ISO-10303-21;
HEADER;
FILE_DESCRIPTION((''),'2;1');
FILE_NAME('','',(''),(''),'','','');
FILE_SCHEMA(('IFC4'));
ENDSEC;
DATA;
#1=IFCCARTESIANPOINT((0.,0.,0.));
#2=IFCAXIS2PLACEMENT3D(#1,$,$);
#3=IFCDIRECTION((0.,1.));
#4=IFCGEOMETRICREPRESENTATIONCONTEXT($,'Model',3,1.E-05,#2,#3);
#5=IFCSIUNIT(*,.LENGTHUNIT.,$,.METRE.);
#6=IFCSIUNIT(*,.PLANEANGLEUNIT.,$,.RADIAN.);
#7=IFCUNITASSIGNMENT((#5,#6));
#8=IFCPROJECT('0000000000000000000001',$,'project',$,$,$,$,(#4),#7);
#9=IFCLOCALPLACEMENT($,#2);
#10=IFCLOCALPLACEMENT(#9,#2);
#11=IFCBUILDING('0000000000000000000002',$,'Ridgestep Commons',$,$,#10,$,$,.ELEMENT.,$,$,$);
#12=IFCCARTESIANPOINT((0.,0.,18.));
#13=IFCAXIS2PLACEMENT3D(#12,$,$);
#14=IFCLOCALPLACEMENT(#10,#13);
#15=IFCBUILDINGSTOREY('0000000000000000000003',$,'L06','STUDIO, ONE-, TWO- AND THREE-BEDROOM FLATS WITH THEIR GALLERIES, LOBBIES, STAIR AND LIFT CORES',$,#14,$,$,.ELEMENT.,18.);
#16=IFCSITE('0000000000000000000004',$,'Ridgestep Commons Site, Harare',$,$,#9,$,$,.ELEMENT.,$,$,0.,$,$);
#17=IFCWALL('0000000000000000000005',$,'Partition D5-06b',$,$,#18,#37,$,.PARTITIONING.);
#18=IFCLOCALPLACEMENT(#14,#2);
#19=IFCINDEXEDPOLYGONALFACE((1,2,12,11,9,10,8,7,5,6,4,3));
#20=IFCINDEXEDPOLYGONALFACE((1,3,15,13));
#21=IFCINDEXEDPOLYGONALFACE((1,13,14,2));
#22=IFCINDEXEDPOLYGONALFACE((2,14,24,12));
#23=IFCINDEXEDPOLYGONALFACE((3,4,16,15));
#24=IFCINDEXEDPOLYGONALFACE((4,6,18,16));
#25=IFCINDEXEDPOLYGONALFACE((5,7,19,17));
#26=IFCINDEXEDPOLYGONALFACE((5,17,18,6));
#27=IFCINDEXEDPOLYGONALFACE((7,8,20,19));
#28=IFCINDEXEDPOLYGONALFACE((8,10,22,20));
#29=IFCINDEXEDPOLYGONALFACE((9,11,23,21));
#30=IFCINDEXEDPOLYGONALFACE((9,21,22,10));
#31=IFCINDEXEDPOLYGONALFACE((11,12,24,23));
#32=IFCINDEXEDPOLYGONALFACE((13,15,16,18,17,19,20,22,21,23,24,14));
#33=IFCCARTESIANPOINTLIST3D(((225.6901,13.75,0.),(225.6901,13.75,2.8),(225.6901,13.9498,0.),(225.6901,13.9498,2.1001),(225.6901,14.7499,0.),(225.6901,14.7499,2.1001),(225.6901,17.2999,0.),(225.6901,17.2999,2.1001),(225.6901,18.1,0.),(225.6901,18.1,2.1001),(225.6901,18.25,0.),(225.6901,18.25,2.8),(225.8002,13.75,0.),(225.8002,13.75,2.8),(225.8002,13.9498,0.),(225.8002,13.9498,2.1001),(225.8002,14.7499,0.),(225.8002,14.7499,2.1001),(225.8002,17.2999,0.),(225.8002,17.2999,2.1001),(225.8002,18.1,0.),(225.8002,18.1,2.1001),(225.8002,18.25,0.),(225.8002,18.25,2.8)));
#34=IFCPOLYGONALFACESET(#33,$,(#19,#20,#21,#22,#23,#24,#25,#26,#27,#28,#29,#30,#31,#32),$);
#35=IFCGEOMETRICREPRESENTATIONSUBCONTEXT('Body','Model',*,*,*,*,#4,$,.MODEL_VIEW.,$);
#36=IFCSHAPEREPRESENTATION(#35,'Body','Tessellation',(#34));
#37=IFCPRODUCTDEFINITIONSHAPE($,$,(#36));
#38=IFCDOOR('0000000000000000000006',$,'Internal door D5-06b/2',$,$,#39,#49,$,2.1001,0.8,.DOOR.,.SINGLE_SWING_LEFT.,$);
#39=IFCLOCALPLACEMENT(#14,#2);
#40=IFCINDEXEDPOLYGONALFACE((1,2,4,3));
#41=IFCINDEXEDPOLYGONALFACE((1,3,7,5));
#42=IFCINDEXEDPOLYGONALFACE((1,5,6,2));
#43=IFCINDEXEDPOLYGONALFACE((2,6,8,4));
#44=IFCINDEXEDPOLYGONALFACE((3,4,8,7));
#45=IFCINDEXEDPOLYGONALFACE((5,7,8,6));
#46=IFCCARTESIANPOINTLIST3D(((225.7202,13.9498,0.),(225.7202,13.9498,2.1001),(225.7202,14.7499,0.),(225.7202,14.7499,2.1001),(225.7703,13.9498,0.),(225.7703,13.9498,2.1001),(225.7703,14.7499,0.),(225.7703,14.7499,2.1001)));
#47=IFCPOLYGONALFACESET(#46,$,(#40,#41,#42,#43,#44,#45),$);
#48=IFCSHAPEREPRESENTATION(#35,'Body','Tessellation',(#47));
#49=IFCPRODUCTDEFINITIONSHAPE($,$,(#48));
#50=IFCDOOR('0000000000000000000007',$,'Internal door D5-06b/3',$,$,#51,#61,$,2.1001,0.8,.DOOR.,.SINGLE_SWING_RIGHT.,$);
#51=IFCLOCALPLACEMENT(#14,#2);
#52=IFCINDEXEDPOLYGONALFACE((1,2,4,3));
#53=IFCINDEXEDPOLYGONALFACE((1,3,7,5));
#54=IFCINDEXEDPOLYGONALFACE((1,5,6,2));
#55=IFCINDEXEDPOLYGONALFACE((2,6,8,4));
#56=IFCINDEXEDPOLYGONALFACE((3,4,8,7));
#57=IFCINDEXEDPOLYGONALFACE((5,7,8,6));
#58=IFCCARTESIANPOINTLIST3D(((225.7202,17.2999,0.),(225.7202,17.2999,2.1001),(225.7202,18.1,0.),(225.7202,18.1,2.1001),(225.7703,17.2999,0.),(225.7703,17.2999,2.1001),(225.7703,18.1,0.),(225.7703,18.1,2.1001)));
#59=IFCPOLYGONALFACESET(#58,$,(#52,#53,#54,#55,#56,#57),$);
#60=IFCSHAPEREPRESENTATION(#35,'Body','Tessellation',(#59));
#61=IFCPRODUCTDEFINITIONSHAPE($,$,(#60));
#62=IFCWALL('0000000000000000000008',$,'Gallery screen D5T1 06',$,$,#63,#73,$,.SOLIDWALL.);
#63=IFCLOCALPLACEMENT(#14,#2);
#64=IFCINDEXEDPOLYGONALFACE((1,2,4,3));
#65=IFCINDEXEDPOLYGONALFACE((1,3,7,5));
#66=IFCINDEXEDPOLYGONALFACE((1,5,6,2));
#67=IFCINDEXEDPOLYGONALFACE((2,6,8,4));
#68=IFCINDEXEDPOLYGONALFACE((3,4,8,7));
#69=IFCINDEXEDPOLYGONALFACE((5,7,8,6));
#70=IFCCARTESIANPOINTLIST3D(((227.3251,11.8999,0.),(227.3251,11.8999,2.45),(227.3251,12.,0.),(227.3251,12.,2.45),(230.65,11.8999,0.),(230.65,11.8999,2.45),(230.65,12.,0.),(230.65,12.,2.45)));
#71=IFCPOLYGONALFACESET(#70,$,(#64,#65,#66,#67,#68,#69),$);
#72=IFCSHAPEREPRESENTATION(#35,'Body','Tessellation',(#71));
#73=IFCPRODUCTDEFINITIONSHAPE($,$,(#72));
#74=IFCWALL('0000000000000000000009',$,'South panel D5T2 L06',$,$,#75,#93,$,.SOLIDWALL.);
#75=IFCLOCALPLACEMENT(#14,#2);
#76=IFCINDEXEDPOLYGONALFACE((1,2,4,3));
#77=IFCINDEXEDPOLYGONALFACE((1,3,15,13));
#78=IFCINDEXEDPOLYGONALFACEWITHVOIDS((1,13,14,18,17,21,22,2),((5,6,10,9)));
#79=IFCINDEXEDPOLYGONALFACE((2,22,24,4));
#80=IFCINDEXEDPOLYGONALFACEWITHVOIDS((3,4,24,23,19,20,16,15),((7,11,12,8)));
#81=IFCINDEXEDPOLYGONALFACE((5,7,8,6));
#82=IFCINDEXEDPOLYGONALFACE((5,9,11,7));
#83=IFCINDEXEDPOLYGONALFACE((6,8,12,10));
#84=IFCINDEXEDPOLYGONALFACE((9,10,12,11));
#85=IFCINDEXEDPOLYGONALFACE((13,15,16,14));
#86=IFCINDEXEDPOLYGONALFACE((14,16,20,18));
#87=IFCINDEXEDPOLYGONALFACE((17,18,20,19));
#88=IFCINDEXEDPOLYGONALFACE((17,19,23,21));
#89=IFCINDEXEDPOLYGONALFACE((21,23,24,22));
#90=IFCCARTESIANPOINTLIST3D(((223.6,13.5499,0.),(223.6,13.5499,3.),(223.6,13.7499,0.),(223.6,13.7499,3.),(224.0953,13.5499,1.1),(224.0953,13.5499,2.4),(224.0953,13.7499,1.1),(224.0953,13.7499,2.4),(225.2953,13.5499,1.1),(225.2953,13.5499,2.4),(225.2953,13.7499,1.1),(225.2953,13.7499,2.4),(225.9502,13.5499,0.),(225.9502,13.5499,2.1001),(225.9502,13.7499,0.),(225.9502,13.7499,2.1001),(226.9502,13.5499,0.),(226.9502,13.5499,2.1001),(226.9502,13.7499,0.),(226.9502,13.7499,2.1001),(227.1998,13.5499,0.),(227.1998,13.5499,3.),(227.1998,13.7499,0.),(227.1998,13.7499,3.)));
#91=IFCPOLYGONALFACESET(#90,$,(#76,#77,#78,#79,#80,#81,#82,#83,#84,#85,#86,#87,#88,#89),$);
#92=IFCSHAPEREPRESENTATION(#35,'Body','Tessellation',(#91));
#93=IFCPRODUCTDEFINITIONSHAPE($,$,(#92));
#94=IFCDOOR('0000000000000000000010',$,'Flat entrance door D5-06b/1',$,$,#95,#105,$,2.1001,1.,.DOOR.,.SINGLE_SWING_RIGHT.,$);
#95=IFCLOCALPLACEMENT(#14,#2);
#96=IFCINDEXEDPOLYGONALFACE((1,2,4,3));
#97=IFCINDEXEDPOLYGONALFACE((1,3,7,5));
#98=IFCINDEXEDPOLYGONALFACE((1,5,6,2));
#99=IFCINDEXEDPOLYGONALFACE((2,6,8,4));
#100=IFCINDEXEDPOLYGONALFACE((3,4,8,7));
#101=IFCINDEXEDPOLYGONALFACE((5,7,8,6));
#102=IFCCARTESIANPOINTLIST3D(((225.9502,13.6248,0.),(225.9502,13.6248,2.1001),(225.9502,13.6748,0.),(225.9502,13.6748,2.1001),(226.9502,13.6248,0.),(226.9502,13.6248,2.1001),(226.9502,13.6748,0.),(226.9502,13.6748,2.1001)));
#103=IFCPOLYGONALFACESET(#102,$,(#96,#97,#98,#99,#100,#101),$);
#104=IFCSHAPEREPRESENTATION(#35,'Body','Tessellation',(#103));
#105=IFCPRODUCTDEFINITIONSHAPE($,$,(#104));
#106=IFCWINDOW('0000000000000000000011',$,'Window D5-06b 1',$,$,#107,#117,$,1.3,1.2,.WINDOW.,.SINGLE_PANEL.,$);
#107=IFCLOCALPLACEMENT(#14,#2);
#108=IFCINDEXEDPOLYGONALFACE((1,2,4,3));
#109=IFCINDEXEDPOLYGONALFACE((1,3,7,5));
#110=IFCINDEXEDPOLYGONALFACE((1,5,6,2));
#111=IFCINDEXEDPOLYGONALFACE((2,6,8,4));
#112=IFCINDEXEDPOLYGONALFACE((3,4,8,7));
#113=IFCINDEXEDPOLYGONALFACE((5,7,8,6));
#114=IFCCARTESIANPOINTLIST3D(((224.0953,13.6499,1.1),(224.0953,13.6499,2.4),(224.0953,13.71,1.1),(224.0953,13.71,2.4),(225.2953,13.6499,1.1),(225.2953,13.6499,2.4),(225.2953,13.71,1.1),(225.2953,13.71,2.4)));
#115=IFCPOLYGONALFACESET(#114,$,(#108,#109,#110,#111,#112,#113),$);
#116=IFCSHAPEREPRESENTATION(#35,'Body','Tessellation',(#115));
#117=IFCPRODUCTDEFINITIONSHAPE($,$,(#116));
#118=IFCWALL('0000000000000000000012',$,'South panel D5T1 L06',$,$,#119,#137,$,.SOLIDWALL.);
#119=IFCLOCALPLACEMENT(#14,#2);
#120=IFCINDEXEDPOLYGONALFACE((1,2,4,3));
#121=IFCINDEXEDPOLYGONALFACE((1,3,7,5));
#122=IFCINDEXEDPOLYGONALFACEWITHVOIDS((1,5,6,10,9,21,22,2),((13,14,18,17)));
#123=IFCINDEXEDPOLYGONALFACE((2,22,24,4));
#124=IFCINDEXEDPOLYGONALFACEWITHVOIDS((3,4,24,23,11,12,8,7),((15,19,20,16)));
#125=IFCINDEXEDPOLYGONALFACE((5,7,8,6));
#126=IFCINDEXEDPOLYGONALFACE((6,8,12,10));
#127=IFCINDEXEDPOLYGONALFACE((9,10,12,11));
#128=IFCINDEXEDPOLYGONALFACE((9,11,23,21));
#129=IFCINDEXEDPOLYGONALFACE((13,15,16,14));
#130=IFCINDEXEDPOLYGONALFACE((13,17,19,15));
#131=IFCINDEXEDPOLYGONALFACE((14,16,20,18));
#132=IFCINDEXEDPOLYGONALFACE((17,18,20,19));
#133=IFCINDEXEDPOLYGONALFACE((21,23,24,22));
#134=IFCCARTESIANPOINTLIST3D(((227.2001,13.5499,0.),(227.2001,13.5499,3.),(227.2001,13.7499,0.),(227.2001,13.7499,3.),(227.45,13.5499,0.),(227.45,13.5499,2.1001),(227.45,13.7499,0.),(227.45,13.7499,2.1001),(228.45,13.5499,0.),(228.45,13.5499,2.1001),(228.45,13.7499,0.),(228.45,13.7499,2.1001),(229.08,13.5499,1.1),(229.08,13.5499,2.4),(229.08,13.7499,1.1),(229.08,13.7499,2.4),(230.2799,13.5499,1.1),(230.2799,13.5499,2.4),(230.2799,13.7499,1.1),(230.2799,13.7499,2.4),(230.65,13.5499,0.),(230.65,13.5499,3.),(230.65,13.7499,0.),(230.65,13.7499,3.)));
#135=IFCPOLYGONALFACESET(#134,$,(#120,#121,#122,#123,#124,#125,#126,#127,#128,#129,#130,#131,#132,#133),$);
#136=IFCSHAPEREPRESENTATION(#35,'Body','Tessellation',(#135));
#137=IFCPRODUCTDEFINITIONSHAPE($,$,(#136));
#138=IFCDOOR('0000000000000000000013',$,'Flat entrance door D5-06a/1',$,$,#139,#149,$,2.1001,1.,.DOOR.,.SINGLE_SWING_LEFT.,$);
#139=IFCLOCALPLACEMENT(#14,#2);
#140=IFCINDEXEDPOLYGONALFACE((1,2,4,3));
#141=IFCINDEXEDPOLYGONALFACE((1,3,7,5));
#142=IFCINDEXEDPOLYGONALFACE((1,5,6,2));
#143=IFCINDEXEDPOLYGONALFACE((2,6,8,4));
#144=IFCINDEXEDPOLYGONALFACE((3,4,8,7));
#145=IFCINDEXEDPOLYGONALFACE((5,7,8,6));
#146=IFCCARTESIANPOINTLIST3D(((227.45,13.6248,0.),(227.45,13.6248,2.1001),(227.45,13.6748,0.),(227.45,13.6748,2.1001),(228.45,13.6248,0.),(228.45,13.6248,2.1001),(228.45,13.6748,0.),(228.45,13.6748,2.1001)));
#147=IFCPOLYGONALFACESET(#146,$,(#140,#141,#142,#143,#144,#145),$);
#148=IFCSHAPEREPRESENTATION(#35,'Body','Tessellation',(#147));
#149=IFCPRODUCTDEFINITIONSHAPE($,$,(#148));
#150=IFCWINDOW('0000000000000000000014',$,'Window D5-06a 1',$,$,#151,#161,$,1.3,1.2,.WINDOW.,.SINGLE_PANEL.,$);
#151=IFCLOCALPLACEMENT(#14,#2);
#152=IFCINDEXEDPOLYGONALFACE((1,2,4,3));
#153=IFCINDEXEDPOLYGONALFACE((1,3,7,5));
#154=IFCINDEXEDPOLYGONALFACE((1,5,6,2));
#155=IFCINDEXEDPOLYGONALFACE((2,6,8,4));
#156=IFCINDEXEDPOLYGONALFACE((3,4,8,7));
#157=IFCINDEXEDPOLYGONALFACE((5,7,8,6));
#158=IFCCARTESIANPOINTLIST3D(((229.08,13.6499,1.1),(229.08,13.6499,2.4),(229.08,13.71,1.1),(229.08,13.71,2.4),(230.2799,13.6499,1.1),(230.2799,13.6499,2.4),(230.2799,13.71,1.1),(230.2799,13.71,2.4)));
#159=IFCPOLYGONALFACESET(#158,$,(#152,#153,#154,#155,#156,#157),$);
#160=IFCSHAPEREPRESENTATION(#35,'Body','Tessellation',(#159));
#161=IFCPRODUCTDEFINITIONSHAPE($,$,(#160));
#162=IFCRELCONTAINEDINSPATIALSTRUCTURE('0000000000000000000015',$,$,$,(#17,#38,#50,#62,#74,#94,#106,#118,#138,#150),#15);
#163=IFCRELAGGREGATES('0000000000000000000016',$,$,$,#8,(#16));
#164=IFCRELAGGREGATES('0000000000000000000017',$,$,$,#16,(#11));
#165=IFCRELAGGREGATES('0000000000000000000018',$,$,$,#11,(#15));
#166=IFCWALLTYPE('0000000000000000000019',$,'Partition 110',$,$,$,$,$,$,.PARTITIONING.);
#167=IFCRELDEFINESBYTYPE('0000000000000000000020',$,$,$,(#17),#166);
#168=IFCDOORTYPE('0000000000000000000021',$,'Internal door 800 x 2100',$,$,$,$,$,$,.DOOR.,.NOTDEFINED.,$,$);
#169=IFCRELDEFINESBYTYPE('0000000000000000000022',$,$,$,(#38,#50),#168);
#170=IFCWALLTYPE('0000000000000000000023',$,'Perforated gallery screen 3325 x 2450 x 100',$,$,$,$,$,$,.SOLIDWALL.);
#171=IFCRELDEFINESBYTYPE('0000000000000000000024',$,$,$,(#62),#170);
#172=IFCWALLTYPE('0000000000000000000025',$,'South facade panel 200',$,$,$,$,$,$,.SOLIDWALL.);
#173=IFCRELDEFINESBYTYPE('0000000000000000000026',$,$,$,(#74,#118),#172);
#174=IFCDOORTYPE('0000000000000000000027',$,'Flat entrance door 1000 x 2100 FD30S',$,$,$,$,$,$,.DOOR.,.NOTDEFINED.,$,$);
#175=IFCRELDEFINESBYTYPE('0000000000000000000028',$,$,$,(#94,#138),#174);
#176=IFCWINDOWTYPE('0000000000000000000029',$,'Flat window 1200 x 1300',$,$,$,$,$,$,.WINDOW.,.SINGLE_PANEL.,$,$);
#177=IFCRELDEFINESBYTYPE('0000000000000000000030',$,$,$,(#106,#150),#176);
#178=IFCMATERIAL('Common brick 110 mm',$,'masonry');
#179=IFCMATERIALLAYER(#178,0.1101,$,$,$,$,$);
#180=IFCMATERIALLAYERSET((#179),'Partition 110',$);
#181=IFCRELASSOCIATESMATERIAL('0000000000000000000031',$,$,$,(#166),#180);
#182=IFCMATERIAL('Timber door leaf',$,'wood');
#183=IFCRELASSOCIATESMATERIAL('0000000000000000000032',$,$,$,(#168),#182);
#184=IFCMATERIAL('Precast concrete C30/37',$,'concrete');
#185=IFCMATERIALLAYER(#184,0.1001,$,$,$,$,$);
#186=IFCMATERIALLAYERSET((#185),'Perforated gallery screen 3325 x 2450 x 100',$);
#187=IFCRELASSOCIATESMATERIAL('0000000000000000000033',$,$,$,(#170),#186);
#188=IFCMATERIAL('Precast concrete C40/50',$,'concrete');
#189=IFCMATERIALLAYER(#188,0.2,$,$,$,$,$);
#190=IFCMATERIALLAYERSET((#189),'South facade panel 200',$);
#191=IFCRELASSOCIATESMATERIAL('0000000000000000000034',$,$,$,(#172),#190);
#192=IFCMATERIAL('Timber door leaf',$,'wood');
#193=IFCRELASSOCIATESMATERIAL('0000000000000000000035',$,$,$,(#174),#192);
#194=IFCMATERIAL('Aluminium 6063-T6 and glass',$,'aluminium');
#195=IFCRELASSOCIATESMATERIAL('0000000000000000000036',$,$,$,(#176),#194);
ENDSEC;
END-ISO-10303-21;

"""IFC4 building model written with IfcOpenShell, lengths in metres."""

from ifc_helpers import new_model, si_unit, direction, frame, frame_2d, origin, place, context, subcontext, project, spatial, rectangle, extrude, material, layer, layer_set, type_object, element, fill, save


model = new_model("IFC4")

# Units and contexts
model_context = context("Model", 3, precision=1e-05, world=origin(), true_north=direction((0.0, 1.0)))
body_context = subcontext(model_context, "Body", "Model", "MODEL_VIEW")
ifc_project = project(units=[si_unit("LENGTHUNIT", "METRE"), si_unit("PLANEANGLEUNIT", "RADIAN")], contexts=[model_context])

# Site, building, storey
site_placement = place(None, origin())
site = spatial("IfcSite", under=ifc_project, at=site_placement, Name="Ridgestep Commons Site, Harare", CompositionType="ELEMENT", RefElevation=0.0)
building_placement = place(site_placement, origin())
building = spatial("IfcBuilding", under=site, at=building_placement, Name="Ridgestep Commons", CompositionType="ELEMENT")
storey_placement = place(building_placement, frame((0.0, 0.0, 18.0)))
storey = spatial("IfcBuildingStorey", under=building, at=storey_placement, Name="L06", Description="STUDIO, ONE-, TWO- AND THREE-BEDROOM FLATS WITH THEIR GALLERIES, LOBBIES, STAIR AND LIFT CORES", CompositionType="ELEMENT", Elevation=18.0)

# Wall, openings, doors
ifc_material_1 = material(Name="Common brick 110 mm", Category="masonry")
ifc_layer_1 = layer(ifc_material_1, 0.1101)
ifc_layer_set_1 = layer_set([ifc_layer_1], Name="Partition 110")
wall_type_1 = type_object("IfcWallType", Name="Partition 110", PredefinedType="PARTITIONING", material=ifc_layer_set_1)
ifc_material_2 = material(Name="Timber door leaf", Category="wood")
door_type_1 = type_object("IfcDoorType", Name="Internal door 800 x 2100", OperationType="NOTDEFINED", PredefinedType="DOOR", material=ifc_material_2)
wall_1_placement = place(storey_placement, frame((225.7451, 13.75, 0.0), z_axis=(0.0, 0.0, 1.0), x_axis=(0.0, 1.0, 0.0)))
wall_1 = element("IfcWall", 1, at=wall_1_placement, inside=storey, type_object=wall_type_1, Name="Partition D5-06b", PredefinedType="PARTITIONING", context=body_context, shape_type="SweptSolid", body=[
    extrude(rectangle(XDim=4.5, YDim=0.1101, at=frame_2d((2.25, 0.0))), origin(), (0.0, 0.0, 1.0), 2.8),
])
opening_1_placement = place(wall_1_placement, frame((0.2, 0.0, 0.0)))
opening_1 = element("IfcOpeningElement", 2, at=opening_1_placement, cuts=wall_1, PredefinedType="OPENING", context=body_context, shape_type="SweptSolid", body=[
    extrude(rectangle(XDim=0.8, YDim=2.1001, at=frame_2d((0.3999, 1.05))), frame((0.0, 0.0649, 0.0), z_axis=(0.0, -1.0, 0.0), x_axis=(1.0, 0.0, 0.0)), (0.0, 0.0, 1.0), 0.1301),
])
opening_2_placement = place(wall_1_placement, frame((3.55, 0.0, 0.0)))
opening_2 = element("IfcOpeningElement", 3, at=opening_2_placement, cuts=wall_1, PredefinedType="OPENING", context=body_context, shape_type="SweptSolid", body=[
    extrude(rectangle(XDim=0.8, YDim=2.1001, at=frame_2d((0.3999, 1.05))), frame((0.0, 0.0649, 0.0), z_axis=(0.0, -1.0, 0.0), x_axis=(1.0, 0.0, 0.0)), (0.0, 0.0, 1.0), 0.1301),
])
door_1_placement = place(opening_1_placement, origin())
door_1 = element("IfcDoor", 4, at=door_1_placement, inside=storey, type_object=door_type_1, Name="Internal door D5-06b/2", OperationType="SINGLE_SWING_LEFT", OverallHeight=2.1001, OverallWidth=0.8, PredefinedType="DOOR", context=body_context, shape_type="SweptSolid", body=[
    extrude(rectangle(XDim=0.8, YDim=2.1001, at=frame_2d((0.3999, 1.05))), frame((0.0, 0.0249, 0.0), z_axis=(0.0, -1.0, 0.0), x_axis=(1.0, 0.0, 0.0)), (0.0, 0.0, 1.0), 0.05),
])
fill(opening_1, door_1)
door_2_placement = place(opening_2_placement, origin())
door_2 = element("IfcDoor", 5, at=door_2_placement, inside=storey, type_object=door_type_1, Name="Internal door D5-06b/3", OperationType="SINGLE_SWING_RIGHT", OverallHeight=2.1001, OverallWidth=0.8, PredefinedType="DOOR", context=body_context, shape_type="SweptSolid", body=[
    extrude(rectangle(XDim=0.8, YDim=2.1001, at=frame_2d((0.3999, 1.05))), frame((0.0, 0.0249, 0.0), z_axis=(0.0, -1.0, 0.0), x_axis=(1.0, 0.0, 0.0)), (0.0, 0.0, 1.0), 0.05),
])
fill(opening_2, door_2)

# Wall
ifc_material_3 = material(Name="Precast concrete C30/37", Category="concrete")
ifc_layer_2 = layer(ifc_material_3, 0.1001)
ifc_layer_set_2 = layer_set([ifc_layer_2], Name="Perforated gallery screen 3325 x 2450 x 100")
wall_type_2 = type_object("IfcWallType", Name="Perforated gallery screen 3325 x 2450 x 100", PredefinedType="SOLIDWALL", material=ifc_layer_set_2)
wall_2_placement = place(storey_placement, frame((227.325, 11.95, 0.0), z_axis=(0.0, 0.0, 1.0), x_axis=(1.0, 0.0, 0.0)))
element("IfcWall", 6, at=wall_2_placement, inside=storey, type_object=wall_type_2, Name="Gallery screen D5T1 06", PredefinedType="SOLIDWALL", context=body_context, shape_type="SweptSolid", body=[
    extrude(rectangle(XDim=3.325, YDim=0.1001, at=frame_2d((1.6626, 0.0))), origin(), (0.0, 0.0, 1.0), 2.45),
])

# Walls, openings, doors, windows
ifc_material_4 = material(Name="Precast concrete C40/50", Category="concrete")
ifc_layer_3 = layer(ifc_material_4, 0.2)
ifc_layer_set_3 = layer_set([ifc_layer_3], Name="South facade panel 200")
wall_type_3 = type_object("IfcWallType", Name="South facade panel 200", PredefinedType="SOLIDWALL", material=ifc_layer_set_3)
wall_3_placement = place(storey_placement, frame((223.6001, 13.6499, 0.0), z_axis=(0.0, 0.0, 1.0), x_axis=(1.0, 0.0, 0.0)))
wall_3 = element("IfcWall", 7, at=wall_3_placement, inside=storey, type_object=wall_type_3, Name="South panel D5T2 L06", PredefinedType="SOLIDWALL", context=body_context, shape_type="SweptSolid", body=[
    extrude(rectangle(XDim=3.5999, YDim=0.2, at=frame_2d((1.7998, 0.0))), origin(), (0.0, 0.0, 1.0), 3.0),
])
opening_3_placement = place(wall_3_placement, frame((0.4951, 0.0, 1.1001)))
opening_3 = element("IfcOpeningElement", 8, at=opening_3_placement, cuts=wall_3, PredefinedType="OPENING", context=body_context, shape_type="SweptSolid", body=[
    extrude(rectangle(XDim=1.2, YDim=1.3, at=frame_2d((0.6001, 0.6499))), frame((0.0, 0.1099, 0.0), z_axis=(0.0, -1.0, 0.0), x_axis=(1.0, 0.0, 0.0)), (0.0, 0.0, 1.0), 0.22),
])
opening_4_placement = place(wall_3_placement, frame((2.3501, 0.0, 0.0)))
opening_4 = element("IfcOpeningElement", 9, at=opening_4_placement, cuts=wall_3, PredefinedType="OPENING", context=body_context, shape_type="SweptSolid", body=[
    extrude(rectangle(XDim=1.0, YDim=2.1001, at=frame_2d((0.5, 1.05))), frame((0.0, 0.1099, 0.0), z_axis=(0.0, -1.0, 0.0), x_axis=(1.0, 0.0, 0.0)), (0.0, 0.0, 1.0), 0.22),
])
ifc_material_5 = material(Name="Timber door leaf", Category="wood")
door_type_2 = type_object("IfcDoorType", Name="Flat entrance door 1000 x 2100 FD30S", OperationType="NOTDEFINED", PredefinedType="DOOR", material=ifc_material_5)
door_3_placement = place(opening_4_placement, origin())
door_3 = element("IfcDoor", 10, at=door_3_placement, inside=storey, type_object=door_type_2, Name="Flat entrance door D5-06b/1", OperationType="SINGLE_SWING_RIGHT", OverallHeight=2.1001, OverallWidth=1.0, PredefinedType="DOOR", context=body_context, shape_type="SweptSolid", body=[
    extrude(rectangle(XDim=1.0, YDim=2.1001, at=frame_2d((0.5, 1.05))), frame((0.0, 0.0249, 0.0), z_axis=(0.0, -1.0, 0.0), x_axis=(1.0, 0.0, 0.0)), (0.0, 0.0, 1.0), 0.05),
])
fill(opening_4, door_3)
ifc_material_6 = material(Name="Aluminium 6063-T6 and glass", Category="aluminium")
window_type = type_object("IfcWindowType", Name="Flat window 1200 x 1300", PartitioningType="SINGLE_PANEL", PredefinedType="WINDOW", material=ifc_material_6)
window_1_placement = place(opening_3_placement, origin())
window_1 = element("IfcWindow", 11, at=window_1_placement, inside=storey, type_object=window_type, Name="Window D5-06b 1", OverallHeight=1.3, OverallWidth=1.2, PartitioningType="SINGLE_PANEL", PredefinedType="WINDOW", context=body_context, shape_type="SweptSolid", body=[
    extrude(rectangle(XDim=1.2, YDim=1.3, at=frame_2d((0.6001, 0.6499))), frame((0.0, 0.0601, 0.0), z_axis=(0.0, -1.0, 0.0), x_axis=(1.0, 0.0, 0.0)), (0.0, 0.0, 1.0), 0.0601),
])
fill(opening_3, window_1)
wall_4_placement = place(storey_placement, frame((227.2, 13.6499, 0.0), z_axis=(0.0, 0.0, 1.0), x_axis=(1.0, 0.0, 0.0)))
wall_4 = element("IfcWall", 12, at=wall_4_placement, inside=storey, type_object=wall_type_3, Name="South panel D5T1 L06", PredefinedType="SOLIDWALL", context=body_context, shape_type="SweptSolid", body=[
    extrude(rectangle(XDim=3.45, YDim=0.2, at=frame_2d((1.7251, 0.0))), origin(), (0.0, 0.0, 1.0), 3.0),
])
opening_5_placement = place(wall_4_placement, frame((1.8799, 0.0, 1.1001)))
opening_5 = element("IfcOpeningElement", 13, at=opening_5_placement, cuts=wall_4, PredefinedType="OPENING", context=body_context, shape_type="SweptSolid", body=[
    extrude(rectangle(XDim=1.2, YDim=1.3, at=frame_2d((0.6001, 0.6499))), frame((0.0, 0.1099, 0.0), z_axis=(0.0, -1.0, 0.0), x_axis=(1.0, 0.0, 0.0)), (0.0, 0.0, 1.0), 0.22),
])
opening_6_placement = place(wall_4_placement, frame((0.25, 0.0, 0.0)))
opening_6 = element("IfcOpeningElement", 14, at=opening_6_placement, cuts=wall_4, PredefinedType="OPENING", context=body_context, shape_type="SweptSolid", body=[
    extrude(rectangle(XDim=1.0, YDim=2.1001, at=frame_2d((0.5, 1.05))), frame((0.0, 0.1099, 0.0), z_axis=(0.0, -1.0, 0.0), x_axis=(1.0, 0.0, 0.0)), (0.0, 0.0, 1.0), 0.22),
])
door_4_placement = place(opening_6_placement, origin())
door_4 = element("IfcDoor", 15, at=door_4_placement, inside=storey, type_object=door_type_2, Name="Flat entrance door D5-06a/1", OperationType="SINGLE_SWING_LEFT", OverallHeight=2.1001, OverallWidth=1.0, PredefinedType="DOOR", context=body_context, shape_type="SweptSolid", body=[
    extrude(rectangle(XDim=1.0, YDim=2.1001, at=frame_2d((0.5, 1.05))), frame((0.0, 0.0249, 0.0), z_axis=(0.0, -1.0, 0.0), x_axis=(1.0, 0.0, 0.0)), (0.0, 0.0, 1.0), 0.05),
])
fill(opening_6, door_4)
window_2_placement = place(opening_5_placement, origin())
window_2 = element("IfcWindow", 16, at=window_2_placement, inside=storey, type_object=window_type, Name="Window D5-06a 1", OverallHeight=1.3, OverallWidth=1.2, PartitioningType="SINGLE_PANEL", PredefinedType="WINDOW", context=body_context, shape_type="SweptSolid", body=[
    extrude(rectangle(XDim=1.2, YDim=1.3, at=frame_2d((0.6001, 0.6499))), frame((0.0, 0.0601, 0.0), z_axis=(0.0, -1.0, 0.0), x_axis=(1.0, 0.0, 0.0)), (0.0, 0.0, 1.0), 0.0601),
])
fill(opening_5, window_2)

save(model, "model.ifc")
